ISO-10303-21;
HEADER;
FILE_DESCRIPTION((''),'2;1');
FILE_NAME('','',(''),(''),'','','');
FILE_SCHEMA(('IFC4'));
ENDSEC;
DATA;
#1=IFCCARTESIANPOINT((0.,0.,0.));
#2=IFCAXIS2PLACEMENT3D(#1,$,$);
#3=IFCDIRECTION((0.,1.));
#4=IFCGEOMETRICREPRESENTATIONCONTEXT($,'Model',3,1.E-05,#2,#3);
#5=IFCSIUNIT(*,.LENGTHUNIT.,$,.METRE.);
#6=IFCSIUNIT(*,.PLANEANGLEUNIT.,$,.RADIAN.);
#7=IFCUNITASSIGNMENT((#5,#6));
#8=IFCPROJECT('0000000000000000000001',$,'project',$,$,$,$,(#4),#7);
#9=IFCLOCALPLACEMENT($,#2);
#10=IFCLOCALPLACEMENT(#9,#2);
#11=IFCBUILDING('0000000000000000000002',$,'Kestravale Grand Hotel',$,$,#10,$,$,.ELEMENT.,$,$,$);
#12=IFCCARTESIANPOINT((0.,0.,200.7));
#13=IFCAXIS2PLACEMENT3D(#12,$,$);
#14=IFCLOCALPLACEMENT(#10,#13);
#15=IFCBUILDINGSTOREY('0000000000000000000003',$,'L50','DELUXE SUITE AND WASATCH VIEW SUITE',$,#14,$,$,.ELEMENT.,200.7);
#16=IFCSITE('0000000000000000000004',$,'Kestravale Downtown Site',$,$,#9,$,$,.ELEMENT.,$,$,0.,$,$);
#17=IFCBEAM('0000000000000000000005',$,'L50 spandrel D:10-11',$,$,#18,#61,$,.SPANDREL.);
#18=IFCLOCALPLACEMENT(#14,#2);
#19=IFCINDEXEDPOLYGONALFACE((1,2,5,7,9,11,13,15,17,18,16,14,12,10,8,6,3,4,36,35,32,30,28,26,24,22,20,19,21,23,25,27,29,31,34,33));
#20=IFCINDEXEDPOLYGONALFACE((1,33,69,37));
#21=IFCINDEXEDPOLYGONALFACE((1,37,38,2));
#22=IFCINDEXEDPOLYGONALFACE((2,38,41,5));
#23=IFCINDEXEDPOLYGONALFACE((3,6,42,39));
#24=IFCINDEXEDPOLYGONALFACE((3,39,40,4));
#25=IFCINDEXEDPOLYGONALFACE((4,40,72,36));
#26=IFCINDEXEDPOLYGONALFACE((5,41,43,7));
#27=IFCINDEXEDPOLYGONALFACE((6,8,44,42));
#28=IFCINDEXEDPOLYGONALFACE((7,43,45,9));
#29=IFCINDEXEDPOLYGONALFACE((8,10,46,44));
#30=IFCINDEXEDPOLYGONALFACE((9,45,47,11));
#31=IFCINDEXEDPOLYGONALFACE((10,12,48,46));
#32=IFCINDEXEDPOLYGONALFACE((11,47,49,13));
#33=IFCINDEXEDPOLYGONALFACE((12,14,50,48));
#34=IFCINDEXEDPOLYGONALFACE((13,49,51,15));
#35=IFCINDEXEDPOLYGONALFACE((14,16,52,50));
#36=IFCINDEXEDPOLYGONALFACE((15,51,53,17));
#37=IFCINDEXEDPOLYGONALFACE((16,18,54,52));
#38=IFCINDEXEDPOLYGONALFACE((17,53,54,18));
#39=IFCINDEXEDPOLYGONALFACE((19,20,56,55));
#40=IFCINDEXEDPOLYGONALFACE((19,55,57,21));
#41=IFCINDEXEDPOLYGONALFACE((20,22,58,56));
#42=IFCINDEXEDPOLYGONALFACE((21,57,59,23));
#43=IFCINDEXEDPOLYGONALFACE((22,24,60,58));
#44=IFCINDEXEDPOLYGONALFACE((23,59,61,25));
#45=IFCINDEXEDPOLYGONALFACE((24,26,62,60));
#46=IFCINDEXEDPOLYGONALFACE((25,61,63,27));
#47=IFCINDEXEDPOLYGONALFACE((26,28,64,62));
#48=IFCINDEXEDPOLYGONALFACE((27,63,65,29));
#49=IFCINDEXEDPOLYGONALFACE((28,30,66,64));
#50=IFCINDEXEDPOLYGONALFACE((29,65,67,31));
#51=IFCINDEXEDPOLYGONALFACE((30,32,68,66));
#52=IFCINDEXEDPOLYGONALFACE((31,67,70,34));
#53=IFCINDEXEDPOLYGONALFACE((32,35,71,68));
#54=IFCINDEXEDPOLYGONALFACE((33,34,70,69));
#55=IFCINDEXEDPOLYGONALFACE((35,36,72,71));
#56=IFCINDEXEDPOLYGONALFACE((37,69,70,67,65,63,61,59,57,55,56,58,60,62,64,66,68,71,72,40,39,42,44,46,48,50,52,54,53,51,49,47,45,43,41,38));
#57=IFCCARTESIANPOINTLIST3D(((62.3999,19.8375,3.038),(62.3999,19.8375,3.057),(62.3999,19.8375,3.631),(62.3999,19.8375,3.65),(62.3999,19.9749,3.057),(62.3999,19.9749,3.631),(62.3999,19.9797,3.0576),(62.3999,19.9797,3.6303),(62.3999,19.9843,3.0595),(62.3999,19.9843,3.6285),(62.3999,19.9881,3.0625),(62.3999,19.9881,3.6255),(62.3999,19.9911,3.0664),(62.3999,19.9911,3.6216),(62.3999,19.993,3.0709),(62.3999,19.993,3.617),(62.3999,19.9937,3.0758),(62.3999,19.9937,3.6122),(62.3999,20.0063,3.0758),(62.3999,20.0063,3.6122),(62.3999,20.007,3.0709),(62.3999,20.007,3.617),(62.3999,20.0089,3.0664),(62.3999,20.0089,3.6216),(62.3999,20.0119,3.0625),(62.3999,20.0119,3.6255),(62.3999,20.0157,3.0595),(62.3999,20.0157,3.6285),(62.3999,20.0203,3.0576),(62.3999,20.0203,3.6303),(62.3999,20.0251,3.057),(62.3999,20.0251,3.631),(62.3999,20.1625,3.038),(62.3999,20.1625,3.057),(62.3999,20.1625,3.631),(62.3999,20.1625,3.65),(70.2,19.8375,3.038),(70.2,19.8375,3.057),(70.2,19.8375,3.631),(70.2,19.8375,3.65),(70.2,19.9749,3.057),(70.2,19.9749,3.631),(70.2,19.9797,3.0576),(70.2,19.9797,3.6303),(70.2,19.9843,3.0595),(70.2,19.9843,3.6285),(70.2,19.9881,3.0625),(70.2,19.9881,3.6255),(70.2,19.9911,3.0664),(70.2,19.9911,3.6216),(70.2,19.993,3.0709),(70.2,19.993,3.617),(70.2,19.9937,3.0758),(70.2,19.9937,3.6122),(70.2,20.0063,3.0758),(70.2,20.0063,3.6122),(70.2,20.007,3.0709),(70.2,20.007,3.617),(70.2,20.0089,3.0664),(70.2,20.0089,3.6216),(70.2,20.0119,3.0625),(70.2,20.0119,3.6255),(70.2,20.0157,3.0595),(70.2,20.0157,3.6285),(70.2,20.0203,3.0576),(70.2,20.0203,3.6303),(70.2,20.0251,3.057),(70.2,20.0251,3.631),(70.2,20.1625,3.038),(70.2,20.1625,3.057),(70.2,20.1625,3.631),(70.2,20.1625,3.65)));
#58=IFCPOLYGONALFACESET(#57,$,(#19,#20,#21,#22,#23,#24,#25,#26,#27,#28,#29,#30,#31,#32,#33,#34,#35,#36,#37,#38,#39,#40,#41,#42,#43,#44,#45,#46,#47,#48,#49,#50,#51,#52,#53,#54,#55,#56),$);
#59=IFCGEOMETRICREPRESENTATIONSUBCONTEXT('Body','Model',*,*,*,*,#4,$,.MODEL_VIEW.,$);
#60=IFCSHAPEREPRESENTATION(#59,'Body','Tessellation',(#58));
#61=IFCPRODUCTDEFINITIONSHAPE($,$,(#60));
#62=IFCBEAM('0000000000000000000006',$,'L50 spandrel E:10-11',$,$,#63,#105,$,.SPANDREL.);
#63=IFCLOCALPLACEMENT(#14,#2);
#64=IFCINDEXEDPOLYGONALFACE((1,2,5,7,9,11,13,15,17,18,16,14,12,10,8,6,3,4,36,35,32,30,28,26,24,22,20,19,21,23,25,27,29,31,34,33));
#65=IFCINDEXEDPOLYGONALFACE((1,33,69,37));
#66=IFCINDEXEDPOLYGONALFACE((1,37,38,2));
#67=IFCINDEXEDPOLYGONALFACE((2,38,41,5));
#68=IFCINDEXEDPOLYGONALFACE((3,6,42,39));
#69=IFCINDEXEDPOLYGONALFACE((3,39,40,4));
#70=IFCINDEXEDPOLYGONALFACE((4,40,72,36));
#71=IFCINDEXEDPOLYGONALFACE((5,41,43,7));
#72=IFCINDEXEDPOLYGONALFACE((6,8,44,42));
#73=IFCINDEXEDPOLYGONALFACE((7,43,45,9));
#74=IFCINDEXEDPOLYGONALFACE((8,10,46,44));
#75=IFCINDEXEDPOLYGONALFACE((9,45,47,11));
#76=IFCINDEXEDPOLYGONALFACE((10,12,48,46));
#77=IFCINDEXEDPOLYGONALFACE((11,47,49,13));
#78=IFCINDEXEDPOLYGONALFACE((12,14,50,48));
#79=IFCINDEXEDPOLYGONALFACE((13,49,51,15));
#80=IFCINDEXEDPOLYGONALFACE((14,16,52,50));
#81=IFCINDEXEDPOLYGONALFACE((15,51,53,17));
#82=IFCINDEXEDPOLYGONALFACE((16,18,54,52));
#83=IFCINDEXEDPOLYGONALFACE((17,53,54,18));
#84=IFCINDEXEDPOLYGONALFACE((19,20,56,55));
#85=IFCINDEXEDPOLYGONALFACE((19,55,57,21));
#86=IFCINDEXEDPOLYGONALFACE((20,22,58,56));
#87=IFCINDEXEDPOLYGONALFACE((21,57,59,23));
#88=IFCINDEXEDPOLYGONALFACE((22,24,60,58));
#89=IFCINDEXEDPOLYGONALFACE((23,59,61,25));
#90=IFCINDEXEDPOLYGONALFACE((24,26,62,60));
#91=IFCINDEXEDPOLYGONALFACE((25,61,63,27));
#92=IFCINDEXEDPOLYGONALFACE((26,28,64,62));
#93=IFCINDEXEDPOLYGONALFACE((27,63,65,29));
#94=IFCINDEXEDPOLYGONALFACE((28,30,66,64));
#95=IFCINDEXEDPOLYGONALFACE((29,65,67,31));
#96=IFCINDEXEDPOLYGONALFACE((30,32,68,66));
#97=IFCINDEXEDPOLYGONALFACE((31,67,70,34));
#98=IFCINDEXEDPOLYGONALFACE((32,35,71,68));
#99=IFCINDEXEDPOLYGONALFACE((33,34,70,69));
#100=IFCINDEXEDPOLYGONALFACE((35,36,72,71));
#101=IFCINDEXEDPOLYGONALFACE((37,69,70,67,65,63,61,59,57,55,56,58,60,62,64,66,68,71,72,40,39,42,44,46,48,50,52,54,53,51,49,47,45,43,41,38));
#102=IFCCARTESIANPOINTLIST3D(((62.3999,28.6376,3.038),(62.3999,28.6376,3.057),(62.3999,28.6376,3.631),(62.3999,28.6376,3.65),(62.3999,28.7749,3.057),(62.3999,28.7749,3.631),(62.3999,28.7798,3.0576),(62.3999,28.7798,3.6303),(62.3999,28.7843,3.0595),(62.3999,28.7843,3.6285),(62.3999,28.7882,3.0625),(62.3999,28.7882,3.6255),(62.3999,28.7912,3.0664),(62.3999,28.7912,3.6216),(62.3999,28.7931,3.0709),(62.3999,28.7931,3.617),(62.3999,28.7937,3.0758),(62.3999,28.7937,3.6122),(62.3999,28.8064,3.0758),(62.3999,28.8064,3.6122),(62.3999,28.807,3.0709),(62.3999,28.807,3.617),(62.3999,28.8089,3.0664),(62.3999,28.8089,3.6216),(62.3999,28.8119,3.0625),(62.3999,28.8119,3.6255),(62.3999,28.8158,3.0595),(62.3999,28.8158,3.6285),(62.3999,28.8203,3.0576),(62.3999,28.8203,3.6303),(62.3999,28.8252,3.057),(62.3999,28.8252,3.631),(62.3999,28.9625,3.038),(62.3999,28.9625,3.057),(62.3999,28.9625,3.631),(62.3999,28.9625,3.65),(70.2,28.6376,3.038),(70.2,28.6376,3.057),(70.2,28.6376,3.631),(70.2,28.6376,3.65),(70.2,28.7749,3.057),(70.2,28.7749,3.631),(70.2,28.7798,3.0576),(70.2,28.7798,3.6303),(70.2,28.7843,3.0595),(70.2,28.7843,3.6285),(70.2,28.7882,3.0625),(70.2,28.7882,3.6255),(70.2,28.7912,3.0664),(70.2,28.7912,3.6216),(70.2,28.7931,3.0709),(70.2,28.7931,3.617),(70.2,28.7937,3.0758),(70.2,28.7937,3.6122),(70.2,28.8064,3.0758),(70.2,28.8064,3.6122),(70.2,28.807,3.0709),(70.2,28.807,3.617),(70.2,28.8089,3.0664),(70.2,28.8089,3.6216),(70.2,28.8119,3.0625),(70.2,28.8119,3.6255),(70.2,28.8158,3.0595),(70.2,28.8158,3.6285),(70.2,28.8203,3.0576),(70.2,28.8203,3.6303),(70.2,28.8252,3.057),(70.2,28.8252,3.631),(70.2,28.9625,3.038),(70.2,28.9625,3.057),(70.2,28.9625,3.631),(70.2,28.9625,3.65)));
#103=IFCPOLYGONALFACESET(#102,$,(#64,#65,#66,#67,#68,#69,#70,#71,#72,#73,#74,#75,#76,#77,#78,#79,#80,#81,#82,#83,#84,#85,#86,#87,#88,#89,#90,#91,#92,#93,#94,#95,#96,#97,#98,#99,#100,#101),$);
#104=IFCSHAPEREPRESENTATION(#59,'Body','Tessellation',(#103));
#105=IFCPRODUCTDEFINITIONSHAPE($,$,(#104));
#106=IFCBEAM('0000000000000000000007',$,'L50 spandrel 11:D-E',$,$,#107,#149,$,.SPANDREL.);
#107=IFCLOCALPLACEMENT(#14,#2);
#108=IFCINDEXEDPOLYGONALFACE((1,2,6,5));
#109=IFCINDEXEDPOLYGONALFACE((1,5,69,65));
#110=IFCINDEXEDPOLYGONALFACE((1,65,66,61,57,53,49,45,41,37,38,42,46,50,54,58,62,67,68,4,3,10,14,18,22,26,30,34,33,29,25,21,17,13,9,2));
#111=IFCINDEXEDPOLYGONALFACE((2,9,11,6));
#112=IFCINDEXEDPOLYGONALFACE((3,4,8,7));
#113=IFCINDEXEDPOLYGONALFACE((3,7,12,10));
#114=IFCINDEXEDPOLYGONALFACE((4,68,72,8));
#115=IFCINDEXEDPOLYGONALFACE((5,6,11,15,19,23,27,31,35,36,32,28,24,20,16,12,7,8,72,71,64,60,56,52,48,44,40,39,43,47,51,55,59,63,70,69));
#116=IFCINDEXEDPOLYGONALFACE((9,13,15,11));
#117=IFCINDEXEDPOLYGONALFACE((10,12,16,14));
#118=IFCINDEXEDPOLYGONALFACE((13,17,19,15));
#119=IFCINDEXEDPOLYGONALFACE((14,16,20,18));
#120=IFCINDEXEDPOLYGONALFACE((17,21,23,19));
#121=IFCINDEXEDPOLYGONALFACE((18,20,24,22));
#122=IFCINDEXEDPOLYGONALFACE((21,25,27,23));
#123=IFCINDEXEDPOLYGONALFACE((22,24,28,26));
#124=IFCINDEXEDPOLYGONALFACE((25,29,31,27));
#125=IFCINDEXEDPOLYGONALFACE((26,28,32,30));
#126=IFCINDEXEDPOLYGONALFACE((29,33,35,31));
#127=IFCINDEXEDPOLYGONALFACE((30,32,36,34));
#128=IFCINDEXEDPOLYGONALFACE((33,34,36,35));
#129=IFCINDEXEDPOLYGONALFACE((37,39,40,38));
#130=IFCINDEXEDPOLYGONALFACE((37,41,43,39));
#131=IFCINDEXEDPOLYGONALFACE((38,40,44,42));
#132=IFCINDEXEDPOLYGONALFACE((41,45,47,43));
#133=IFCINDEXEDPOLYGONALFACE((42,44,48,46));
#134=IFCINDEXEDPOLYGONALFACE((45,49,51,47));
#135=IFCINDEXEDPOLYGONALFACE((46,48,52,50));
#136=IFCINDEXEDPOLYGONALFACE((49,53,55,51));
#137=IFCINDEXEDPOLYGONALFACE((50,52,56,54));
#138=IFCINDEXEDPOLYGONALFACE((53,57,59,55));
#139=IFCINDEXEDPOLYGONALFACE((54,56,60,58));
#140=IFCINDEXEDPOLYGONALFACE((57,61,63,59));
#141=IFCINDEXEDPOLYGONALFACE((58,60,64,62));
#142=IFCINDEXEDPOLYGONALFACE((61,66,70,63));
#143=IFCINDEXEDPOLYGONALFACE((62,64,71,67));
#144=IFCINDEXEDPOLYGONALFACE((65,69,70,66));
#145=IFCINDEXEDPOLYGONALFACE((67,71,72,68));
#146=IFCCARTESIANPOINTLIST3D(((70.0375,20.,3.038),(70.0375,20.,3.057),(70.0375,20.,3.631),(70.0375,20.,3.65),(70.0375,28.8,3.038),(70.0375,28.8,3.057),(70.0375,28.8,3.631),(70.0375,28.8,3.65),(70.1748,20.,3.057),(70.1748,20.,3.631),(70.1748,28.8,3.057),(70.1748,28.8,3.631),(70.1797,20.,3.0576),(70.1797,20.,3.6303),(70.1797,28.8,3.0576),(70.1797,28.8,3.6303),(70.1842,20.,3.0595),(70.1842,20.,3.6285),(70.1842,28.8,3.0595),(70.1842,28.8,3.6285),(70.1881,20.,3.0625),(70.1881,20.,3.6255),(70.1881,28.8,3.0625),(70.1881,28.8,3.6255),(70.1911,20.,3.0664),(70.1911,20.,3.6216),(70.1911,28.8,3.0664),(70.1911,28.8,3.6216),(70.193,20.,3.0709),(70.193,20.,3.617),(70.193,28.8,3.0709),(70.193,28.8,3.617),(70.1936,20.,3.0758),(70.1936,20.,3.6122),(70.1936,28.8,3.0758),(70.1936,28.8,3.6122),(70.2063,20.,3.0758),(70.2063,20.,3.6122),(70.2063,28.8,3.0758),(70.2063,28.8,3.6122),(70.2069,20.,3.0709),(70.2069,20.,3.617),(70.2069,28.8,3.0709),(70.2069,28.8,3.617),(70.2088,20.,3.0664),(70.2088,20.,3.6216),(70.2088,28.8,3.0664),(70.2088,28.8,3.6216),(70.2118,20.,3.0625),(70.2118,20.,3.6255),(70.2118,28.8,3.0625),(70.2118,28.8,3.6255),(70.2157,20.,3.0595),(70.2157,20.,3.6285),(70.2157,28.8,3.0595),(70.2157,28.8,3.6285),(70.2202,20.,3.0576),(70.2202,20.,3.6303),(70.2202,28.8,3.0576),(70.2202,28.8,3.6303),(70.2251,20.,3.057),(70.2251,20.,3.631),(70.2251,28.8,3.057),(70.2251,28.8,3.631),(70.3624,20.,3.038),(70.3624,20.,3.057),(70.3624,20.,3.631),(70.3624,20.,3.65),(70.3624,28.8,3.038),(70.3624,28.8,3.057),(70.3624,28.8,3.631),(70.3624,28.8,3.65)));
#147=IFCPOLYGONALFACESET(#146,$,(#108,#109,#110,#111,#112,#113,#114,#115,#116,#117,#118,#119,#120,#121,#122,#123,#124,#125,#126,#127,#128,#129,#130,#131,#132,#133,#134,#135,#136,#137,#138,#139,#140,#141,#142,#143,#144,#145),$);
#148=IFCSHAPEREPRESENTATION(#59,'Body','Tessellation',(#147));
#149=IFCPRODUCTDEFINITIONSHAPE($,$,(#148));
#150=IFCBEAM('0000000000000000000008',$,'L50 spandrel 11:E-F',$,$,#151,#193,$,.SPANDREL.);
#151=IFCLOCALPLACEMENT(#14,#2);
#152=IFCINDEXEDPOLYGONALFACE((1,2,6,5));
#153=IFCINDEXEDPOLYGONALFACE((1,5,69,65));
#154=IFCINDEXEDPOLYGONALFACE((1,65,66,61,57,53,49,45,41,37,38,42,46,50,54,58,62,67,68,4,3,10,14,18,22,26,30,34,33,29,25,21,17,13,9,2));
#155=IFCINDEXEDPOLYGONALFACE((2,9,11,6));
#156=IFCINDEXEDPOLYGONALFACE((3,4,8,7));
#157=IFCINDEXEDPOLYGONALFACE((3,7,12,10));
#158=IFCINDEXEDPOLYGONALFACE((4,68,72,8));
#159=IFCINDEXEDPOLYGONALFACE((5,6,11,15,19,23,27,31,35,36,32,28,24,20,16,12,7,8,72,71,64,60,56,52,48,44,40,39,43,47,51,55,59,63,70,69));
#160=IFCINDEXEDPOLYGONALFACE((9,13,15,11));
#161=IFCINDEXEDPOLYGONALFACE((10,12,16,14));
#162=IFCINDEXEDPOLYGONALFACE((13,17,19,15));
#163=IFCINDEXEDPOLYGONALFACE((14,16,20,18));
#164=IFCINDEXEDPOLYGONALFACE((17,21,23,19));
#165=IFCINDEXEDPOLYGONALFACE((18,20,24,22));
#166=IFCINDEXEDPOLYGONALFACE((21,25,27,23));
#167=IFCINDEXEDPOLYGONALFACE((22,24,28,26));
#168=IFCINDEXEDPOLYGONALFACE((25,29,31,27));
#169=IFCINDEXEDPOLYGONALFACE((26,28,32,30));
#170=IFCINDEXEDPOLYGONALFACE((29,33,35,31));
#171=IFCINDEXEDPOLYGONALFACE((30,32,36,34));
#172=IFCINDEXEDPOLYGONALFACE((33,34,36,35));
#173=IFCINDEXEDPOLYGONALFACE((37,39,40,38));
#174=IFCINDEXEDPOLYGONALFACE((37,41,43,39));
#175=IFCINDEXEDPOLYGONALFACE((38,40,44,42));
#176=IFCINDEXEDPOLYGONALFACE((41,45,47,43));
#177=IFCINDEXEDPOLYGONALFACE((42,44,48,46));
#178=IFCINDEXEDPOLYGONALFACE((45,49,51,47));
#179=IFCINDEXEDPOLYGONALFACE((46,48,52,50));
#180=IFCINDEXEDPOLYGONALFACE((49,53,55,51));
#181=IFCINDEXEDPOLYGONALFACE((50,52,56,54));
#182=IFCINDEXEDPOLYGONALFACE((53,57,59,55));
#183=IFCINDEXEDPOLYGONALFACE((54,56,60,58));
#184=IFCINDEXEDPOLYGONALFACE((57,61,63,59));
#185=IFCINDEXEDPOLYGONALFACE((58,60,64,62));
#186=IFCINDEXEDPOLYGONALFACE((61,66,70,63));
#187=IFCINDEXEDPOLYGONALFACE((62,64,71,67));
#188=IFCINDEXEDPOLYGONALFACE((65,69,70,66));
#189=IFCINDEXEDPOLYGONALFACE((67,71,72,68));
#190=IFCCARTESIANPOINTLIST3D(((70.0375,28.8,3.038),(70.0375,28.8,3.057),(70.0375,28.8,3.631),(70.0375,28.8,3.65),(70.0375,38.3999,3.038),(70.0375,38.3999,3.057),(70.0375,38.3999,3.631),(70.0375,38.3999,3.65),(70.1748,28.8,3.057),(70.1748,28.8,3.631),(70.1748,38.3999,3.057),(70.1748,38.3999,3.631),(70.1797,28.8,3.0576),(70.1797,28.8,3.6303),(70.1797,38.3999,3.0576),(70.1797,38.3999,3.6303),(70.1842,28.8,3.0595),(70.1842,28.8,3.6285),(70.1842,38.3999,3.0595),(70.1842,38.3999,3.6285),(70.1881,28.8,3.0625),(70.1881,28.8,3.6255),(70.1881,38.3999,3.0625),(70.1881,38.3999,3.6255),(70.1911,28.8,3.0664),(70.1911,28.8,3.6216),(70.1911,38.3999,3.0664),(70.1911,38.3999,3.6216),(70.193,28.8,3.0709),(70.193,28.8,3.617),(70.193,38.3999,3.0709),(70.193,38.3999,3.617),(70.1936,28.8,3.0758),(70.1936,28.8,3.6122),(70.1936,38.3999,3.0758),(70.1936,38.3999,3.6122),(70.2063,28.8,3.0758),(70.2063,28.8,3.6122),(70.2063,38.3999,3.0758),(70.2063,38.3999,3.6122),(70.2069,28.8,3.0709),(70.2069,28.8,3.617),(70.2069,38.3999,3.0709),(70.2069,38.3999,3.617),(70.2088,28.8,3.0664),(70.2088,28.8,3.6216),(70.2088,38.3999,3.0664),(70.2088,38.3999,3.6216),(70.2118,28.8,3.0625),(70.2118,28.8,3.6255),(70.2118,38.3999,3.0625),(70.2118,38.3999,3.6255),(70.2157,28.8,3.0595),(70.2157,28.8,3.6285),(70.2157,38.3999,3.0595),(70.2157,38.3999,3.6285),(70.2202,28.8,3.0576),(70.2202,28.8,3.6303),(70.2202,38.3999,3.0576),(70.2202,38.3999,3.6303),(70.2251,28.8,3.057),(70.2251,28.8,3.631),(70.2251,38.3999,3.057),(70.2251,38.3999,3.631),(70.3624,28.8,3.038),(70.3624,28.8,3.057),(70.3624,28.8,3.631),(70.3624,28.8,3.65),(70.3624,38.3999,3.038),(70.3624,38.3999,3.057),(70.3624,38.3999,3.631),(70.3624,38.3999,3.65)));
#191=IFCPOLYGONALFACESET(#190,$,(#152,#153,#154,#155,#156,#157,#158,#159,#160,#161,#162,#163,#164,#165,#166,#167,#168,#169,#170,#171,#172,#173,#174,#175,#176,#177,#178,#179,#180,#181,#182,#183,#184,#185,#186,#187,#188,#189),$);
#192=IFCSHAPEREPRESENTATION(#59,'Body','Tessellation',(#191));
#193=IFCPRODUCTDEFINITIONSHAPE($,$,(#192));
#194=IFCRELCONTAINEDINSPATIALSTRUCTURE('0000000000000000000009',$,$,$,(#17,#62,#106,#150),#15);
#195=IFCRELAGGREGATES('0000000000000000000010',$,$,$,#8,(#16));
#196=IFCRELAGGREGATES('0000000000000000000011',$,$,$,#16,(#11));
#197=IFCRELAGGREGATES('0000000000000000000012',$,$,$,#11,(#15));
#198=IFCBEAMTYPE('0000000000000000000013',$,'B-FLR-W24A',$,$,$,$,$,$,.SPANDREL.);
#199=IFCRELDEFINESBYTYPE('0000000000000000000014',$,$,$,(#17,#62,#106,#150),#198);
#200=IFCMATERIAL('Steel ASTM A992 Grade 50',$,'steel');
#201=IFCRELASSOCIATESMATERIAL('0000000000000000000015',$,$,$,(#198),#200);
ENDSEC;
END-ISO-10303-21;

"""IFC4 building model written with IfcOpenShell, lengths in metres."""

from ifc_helpers import new_model, si_unit, direction, frame, origin, origin_2d, place, context, subcontext, project, spatial, i_section, extrude, material, material_profile, profile_set, type_object, element, save


model = new_model("IFC4")

# Units and contexts
model_context = context("Model", 3, precision=1e-05, world=origin(), true_north=direction((0.0, 1.0)))
body_context = subcontext(model_context, "Body", "Model", "MODEL_VIEW")
ifc_project = project(units=[si_unit("LENGTHUNIT", "METRE"), si_unit("PLANEANGLEUNIT", "RADIAN")], contexts=[model_context])

# Site, building, storey
site_placement = place(None, origin())
site = spatial("IfcSite", under=ifc_project, at=site_placement, Name="Kestravale Downtown Site", CompositionType="ELEMENT", RefElevation=0.0)
building_placement = place(site_placement, origin())
building = spatial("IfcBuilding", under=site, at=building_placement, Name="Kestravale Grand Hotel", CompositionType="ELEMENT")
storey_placement = place(building_placement, frame((0.0, 0.0, 200.7)))
storey = spatial("IfcBuildingStorey", under=building, at=storey_placement, Name="L50", Description="DELUXE SUITE AND WASATCH VIEW SUITE", CompositionType="ELEMENT", Elevation=200.7)

# Beams
ifc_material_1 = material(Name="Steel ASTM A992 Grade 50", Category="steel")
ifc_material_profile_1 = material_profile(ifc_material_1, i_section(OverallWidth=0.325, OverallDepth=0.6121, WebThickness=0.0127, FlangeThickness=0.019, FilletRadius=0.0188, at=origin_2d()))
ifc_profile_set_1 = profile_set([ifc_material_profile_1], Name="Steel ASTM A992 Grade 50")
beam_type_1 = type_object("IfcBeamType", Name="B-FLR-W24A", PredefinedType="SPANDREL", material=ifc_profile_set_1)
for number, where, z_axis, x_axis, name in (
    (1, (62.3999, 20.0, 3.344), (1.0, 0.0, 0.0), (0.0, 1.0, 0.0), "L50 spandrel D:10-11"),
    (2, (62.3999, 28.8, 3.344), (1.0, 0.0, 0.0), (0.0, 1.0, 0.0), "L50 spandrel E:10-11"),
):
    element("IfcBeam", number, at=place(storey_placement, frame(where, z_axis=z_axis, x_axis=x_axis)), inside=storey, type_object=beam_type_1, Name=name, PredefinedType="SPANDREL", context=body_context, shape_type="SweptSolid", body=[
        extrude(i_section(OverallWidth=0.325, OverallDepth=0.6121, WebThickness=0.0127, FlangeThickness=0.019, FilletRadius=0.0188, at=origin_2d()), origin(), (0.0, 0.0, 1.0), 7.8),
    ])
beam_1_placement = place(storey_placement, frame((70.2, 20.0, 3.344), z_axis=(0.0, 1.0, 0.0), x_axis=(-1.0, 0.0, 0.0)))
element("IfcBeam", 3, at=beam_1_placement, inside=storey, type_object=beam_type_1, Name="L50 spandrel 11:D-E", PredefinedType="SPANDREL", context=body_context, shape_type="SweptSolid", body=[
    extrude(i_section(OverallWidth=0.325, OverallDepth=0.6121, WebThickness=0.0127, FlangeThickness=0.019, FilletRadius=0.0188, at=origin_2d()), origin(), (0.0, 0.0, 1.0), 8.8),
])
beam_2_placement = place(storey_placement, frame((70.2, 28.8, 3.344), z_axis=(0.0, 1.0, 0.0), x_axis=(-1.0, 0.0, 0.0)))
element("IfcBeam", 4, at=beam_2_placement, inside=storey, type_object=beam_type_1, Name="L50 spandrel 11:E-F", PredefinedType="SPANDREL", context=body_context, shape_type="SweptSolid", body=[
    extrude(i_section(OverallWidth=0.325, OverallDepth=0.6121, WebThickness=0.0127, FlangeThickness=0.019, FilletRadius=0.0188, at=origin_2d()), origin(), (0.0, 0.0, 1.0), 9.5999),
])

save(model, "model.ifc")
